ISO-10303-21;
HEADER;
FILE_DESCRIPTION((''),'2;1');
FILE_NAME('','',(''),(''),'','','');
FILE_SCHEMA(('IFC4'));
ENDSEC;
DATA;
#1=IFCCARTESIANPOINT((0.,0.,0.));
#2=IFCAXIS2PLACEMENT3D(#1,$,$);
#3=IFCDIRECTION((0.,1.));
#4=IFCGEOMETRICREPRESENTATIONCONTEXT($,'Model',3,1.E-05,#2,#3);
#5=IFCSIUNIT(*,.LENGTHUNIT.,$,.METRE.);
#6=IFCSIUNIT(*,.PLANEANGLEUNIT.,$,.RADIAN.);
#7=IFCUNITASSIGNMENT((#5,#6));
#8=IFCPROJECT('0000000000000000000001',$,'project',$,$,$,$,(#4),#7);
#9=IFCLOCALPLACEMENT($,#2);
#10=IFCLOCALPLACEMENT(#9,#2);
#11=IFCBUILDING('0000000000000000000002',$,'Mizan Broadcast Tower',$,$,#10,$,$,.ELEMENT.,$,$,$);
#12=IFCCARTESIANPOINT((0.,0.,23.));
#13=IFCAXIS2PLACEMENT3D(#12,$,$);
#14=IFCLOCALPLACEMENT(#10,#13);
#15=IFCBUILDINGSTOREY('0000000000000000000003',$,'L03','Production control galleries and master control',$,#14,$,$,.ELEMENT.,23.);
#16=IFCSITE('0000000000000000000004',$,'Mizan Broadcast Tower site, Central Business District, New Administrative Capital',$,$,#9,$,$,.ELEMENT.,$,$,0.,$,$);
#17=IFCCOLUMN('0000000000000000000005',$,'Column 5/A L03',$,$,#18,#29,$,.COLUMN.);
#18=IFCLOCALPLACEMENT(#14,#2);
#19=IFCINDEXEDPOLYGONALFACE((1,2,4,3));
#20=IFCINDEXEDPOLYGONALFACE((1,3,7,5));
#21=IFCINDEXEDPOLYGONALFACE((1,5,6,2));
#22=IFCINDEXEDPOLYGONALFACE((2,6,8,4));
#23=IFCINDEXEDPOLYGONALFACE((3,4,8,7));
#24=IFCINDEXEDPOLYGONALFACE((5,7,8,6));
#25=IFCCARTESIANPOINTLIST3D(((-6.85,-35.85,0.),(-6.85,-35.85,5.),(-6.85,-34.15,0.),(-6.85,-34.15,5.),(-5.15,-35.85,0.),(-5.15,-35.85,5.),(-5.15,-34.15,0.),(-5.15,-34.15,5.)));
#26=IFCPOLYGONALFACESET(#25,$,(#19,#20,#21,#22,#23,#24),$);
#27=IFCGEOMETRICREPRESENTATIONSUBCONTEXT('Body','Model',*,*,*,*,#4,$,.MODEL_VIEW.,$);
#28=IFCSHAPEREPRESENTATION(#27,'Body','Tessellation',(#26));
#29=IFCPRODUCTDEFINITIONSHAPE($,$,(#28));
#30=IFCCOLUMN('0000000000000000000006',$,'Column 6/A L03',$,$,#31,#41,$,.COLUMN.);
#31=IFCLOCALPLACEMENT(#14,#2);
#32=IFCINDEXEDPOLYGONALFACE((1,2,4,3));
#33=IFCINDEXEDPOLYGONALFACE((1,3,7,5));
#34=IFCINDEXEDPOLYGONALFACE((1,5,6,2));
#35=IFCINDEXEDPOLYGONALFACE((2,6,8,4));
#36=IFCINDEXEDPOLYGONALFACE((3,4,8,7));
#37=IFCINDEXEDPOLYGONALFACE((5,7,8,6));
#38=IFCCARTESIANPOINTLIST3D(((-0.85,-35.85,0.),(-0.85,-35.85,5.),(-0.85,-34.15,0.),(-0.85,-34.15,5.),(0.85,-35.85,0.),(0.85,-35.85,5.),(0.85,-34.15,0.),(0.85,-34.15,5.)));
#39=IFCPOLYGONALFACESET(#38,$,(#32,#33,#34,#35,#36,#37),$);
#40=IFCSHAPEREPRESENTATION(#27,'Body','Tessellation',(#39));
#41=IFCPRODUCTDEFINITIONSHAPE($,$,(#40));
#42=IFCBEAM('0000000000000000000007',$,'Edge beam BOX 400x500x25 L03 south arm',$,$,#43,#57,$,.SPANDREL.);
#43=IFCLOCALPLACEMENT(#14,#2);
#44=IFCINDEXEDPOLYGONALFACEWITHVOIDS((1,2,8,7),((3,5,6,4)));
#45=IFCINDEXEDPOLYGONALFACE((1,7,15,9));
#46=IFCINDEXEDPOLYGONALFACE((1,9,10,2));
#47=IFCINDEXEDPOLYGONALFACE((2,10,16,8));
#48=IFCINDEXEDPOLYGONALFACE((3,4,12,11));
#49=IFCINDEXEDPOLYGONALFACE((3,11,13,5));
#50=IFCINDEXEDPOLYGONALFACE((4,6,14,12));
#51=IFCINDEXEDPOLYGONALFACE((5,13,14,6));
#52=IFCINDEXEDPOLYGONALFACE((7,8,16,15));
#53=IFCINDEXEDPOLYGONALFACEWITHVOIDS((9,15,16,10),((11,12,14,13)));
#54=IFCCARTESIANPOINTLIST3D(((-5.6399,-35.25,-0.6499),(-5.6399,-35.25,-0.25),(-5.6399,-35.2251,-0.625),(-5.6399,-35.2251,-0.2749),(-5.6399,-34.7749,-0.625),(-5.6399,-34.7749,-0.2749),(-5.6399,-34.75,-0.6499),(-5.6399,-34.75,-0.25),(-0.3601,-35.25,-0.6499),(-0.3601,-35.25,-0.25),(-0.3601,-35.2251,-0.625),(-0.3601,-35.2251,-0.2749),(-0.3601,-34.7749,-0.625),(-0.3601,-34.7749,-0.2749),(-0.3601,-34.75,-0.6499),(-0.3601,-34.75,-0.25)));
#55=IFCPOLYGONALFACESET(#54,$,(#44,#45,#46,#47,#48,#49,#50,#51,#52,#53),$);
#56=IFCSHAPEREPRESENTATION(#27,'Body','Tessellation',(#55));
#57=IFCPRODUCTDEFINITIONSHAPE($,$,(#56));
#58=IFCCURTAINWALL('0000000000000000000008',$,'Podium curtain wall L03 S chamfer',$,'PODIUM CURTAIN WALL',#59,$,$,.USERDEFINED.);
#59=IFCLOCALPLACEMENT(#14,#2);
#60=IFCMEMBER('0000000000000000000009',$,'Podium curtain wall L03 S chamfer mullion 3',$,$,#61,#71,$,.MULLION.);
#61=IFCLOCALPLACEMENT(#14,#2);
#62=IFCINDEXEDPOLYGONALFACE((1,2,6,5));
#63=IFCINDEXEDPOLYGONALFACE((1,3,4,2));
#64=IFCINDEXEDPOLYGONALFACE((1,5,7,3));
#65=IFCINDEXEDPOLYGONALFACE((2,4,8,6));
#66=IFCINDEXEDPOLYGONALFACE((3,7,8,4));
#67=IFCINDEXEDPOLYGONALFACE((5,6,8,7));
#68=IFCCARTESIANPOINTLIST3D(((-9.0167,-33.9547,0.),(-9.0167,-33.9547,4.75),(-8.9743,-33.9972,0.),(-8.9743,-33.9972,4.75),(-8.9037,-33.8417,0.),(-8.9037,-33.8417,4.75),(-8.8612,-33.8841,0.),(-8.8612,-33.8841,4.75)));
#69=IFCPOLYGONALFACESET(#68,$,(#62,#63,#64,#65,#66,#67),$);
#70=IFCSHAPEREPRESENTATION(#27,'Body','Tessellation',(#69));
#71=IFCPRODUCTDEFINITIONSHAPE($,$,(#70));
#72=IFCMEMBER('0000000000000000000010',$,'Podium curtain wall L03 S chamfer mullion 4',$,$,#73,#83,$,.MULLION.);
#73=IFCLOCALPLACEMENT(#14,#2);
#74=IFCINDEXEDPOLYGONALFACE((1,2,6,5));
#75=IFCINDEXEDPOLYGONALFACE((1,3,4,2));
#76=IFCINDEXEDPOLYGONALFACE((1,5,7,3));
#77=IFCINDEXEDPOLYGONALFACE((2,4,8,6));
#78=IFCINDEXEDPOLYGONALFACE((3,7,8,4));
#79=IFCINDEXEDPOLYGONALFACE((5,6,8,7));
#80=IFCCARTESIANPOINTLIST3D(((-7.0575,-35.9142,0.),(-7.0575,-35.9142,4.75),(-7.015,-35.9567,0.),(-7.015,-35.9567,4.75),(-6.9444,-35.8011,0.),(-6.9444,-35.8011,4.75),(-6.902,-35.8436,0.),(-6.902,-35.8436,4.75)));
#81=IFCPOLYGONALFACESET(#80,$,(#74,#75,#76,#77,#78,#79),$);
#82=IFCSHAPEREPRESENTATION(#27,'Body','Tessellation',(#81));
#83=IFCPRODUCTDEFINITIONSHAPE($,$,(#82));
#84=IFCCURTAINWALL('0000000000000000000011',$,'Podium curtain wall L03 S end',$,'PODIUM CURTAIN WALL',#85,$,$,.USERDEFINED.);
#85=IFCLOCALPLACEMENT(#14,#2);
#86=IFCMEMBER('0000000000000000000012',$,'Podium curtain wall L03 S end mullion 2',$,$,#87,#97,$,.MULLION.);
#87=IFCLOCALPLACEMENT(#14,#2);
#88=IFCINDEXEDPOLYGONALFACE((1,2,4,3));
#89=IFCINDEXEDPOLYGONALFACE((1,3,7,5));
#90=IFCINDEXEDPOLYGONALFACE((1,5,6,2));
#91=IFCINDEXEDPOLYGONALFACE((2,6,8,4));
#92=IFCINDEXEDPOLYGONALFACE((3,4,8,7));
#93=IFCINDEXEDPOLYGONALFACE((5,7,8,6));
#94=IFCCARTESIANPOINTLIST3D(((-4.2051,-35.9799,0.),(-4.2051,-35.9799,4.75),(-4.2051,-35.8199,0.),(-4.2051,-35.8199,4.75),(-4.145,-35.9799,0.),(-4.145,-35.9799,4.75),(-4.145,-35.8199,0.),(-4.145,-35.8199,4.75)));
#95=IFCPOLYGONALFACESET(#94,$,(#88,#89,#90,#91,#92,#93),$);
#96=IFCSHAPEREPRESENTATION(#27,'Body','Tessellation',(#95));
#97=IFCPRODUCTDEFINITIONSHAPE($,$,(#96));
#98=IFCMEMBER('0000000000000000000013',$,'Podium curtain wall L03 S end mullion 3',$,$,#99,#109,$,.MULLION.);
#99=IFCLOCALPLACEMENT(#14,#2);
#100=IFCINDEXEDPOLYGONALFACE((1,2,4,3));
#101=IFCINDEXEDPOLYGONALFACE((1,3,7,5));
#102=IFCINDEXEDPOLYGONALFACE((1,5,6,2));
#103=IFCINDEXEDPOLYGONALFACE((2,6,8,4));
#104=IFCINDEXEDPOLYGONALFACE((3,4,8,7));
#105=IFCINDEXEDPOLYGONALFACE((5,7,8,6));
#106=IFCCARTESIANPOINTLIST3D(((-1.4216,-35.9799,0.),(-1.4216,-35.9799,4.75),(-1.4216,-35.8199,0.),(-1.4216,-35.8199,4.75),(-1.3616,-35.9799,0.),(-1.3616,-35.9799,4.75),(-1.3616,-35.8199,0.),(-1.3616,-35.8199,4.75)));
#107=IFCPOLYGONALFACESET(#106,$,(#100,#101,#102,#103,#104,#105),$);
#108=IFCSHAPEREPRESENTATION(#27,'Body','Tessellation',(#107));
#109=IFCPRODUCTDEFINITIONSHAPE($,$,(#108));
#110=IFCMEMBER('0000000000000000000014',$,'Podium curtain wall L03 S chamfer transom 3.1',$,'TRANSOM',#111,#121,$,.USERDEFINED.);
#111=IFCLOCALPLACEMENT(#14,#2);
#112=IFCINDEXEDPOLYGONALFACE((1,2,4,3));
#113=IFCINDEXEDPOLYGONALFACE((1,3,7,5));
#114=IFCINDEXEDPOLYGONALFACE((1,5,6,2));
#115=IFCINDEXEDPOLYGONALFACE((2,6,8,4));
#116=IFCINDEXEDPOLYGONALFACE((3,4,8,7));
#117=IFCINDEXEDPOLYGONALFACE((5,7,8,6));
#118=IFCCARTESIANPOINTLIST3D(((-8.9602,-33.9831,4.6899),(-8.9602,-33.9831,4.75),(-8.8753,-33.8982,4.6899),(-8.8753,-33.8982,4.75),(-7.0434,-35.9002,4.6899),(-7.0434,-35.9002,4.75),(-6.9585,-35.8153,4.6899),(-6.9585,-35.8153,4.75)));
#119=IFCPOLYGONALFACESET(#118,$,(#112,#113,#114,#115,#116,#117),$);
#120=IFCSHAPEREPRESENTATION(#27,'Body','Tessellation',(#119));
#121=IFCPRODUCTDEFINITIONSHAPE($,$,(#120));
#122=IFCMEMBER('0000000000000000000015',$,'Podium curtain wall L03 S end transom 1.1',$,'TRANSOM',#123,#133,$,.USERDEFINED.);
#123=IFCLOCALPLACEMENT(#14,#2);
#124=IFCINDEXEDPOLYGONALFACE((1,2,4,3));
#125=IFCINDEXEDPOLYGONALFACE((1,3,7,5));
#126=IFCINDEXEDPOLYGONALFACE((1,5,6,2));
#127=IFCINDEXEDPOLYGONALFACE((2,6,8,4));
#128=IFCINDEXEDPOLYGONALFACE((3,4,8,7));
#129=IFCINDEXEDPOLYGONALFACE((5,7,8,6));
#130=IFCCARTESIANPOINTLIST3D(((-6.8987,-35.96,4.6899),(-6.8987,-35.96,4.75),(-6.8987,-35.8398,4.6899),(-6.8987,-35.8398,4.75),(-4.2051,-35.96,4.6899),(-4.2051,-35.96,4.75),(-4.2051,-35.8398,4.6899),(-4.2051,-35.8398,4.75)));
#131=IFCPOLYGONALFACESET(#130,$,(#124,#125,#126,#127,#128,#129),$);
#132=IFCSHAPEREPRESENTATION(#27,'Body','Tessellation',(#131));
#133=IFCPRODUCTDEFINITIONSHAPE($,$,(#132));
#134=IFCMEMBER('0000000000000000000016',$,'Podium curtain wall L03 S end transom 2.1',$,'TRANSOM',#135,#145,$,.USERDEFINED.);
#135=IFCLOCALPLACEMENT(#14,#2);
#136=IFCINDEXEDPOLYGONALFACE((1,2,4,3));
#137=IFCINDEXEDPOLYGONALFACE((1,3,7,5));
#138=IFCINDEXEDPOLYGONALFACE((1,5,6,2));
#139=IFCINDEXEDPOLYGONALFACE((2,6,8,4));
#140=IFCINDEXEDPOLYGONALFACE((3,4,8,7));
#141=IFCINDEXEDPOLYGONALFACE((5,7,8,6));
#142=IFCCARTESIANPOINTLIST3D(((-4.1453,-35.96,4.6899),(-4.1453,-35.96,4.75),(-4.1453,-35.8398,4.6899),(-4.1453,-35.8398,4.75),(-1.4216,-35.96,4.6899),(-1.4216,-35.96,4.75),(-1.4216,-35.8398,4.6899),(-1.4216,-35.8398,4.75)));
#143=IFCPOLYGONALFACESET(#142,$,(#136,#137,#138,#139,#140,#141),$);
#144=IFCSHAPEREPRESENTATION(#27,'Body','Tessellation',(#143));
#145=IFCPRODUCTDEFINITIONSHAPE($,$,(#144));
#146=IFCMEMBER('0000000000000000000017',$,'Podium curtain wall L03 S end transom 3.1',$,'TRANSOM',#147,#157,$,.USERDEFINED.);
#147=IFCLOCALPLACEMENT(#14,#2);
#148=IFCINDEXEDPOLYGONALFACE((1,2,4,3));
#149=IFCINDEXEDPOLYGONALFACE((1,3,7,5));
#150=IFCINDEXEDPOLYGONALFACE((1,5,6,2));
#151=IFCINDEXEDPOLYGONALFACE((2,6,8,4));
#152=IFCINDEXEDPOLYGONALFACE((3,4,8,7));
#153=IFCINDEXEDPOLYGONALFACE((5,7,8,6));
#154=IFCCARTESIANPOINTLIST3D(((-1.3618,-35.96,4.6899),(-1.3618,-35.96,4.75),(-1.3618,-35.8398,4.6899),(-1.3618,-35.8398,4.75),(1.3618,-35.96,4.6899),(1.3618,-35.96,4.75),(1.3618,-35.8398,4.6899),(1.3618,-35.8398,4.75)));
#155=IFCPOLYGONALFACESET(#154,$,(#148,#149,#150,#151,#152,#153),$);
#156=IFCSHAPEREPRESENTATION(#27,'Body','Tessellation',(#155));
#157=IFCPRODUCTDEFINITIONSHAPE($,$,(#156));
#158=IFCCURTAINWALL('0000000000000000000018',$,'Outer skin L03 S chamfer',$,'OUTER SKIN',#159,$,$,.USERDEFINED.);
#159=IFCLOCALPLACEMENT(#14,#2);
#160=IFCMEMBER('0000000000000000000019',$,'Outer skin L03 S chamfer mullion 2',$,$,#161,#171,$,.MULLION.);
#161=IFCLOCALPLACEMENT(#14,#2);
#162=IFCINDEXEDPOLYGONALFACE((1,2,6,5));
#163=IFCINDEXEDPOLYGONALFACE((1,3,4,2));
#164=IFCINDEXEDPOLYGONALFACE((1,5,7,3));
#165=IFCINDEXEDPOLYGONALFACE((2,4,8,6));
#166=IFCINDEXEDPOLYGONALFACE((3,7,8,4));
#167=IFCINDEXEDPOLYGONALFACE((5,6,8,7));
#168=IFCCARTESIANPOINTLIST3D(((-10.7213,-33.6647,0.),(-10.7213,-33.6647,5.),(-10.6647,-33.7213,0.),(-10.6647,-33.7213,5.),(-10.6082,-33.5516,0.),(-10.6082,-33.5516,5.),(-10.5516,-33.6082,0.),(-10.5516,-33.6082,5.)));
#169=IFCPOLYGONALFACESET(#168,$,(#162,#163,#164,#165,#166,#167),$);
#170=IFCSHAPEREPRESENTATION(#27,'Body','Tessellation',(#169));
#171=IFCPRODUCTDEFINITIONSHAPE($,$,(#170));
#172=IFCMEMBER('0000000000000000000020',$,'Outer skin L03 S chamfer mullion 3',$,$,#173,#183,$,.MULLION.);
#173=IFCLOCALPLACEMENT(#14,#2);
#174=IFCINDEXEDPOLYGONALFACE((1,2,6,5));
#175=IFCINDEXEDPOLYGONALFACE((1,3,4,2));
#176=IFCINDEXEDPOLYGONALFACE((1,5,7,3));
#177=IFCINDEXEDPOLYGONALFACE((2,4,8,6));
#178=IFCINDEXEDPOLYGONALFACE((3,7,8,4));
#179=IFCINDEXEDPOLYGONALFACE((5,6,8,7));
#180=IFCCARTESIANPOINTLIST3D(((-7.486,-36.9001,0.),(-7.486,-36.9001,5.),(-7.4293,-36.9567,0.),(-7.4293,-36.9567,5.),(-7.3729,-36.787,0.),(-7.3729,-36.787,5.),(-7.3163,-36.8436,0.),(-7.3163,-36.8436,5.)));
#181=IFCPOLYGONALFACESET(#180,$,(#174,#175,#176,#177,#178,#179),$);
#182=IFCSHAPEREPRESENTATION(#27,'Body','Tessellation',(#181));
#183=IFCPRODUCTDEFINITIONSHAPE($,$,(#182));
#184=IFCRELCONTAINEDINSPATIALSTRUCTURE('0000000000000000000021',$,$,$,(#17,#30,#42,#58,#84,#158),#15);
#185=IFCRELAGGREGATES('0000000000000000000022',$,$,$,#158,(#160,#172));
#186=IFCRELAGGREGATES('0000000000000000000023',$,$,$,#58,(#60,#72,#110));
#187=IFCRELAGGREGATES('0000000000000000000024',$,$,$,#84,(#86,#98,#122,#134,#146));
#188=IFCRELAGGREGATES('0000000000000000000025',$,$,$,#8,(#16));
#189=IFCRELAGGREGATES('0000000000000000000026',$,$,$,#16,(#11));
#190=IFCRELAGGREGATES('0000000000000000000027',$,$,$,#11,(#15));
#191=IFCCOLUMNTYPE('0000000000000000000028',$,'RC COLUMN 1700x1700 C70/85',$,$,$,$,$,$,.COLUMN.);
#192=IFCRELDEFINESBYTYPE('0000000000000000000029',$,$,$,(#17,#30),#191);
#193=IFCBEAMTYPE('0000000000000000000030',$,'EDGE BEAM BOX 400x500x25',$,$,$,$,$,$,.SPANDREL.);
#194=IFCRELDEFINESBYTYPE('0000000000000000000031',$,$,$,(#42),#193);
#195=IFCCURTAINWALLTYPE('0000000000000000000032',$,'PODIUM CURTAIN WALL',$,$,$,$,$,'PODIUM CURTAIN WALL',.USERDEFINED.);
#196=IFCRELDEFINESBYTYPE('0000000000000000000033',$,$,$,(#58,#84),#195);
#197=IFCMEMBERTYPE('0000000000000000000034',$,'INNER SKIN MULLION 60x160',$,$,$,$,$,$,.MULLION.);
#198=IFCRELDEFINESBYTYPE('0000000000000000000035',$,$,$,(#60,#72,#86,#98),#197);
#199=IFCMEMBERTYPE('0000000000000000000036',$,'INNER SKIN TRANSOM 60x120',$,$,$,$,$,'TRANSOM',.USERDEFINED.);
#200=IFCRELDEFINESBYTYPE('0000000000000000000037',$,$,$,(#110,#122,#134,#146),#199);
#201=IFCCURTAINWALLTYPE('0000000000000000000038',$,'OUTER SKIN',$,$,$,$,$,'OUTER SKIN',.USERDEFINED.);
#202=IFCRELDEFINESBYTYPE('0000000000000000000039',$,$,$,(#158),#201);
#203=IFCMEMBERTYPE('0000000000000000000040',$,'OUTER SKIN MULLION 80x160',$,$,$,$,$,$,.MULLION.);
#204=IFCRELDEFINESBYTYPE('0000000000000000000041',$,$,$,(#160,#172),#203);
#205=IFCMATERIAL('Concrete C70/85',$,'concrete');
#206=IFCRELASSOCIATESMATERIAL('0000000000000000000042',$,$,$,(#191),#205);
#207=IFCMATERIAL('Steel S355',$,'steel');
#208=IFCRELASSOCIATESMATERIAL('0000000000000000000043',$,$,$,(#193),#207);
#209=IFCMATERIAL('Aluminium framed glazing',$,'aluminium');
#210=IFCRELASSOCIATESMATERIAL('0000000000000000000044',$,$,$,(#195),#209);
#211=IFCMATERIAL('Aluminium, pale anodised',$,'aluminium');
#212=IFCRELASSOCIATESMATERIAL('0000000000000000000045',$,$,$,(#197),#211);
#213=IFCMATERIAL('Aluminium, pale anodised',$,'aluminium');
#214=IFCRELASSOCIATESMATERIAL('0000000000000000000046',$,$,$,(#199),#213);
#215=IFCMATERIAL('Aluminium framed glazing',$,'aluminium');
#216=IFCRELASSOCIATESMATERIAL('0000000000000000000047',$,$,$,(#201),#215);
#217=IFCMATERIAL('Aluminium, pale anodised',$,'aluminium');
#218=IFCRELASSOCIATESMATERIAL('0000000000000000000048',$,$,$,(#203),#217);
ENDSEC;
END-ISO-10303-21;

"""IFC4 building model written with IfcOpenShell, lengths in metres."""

from ifc_helpers import new_model, si_unit, direction, frame, origin, origin_2d, place, context, subcontext, project, spatial, rectangle, hollow_rectangle, extrude, material, material_profile, profile_set, type_object, element, aggregate, save


model = new_model("IFC4")

# Units and contexts
model_context = context("Model", 3, precision=1e-05, world=origin(), true_north=direction((0.0, 1.0)))
body_context = subcontext(model_context, "Body", "Model", "MODEL_VIEW")
ifc_project = project(units=[si_unit("LENGTHUNIT", "METRE"), si_unit("PLANEANGLEUNIT", "RADIAN")], contexts=[model_context])

# Site, building, storey
site_placement = place(None, origin())
site = spatial("IfcSite", under=ifc_project, at=site_placement, Name="Mizan Broadcast Tower site, Central Business District, New Administrative Capital", CompositionType="ELEMENT", RefElevation=0.0)
building_placement = place(site_placement, origin())
building = spatial("IfcBuilding", under=site, at=building_placement, Name="Mizan Broadcast Tower", CompositionType="ELEMENT")
storey_placement = place(building_placement, frame((0.0, 0.0, 23.0)))
storey = spatial("IfcBuildingStorey", under=building, at=storey_placement, Name="L03", Description="Production control galleries and master control", CompositionType="ELEMENT", Elevation=23.0)

# Columns
ifc_material_1 = material(Name="Concrete C70/85", Category="concrete")
ifc_material_profile_1 = material_profile(ifc_material_1, rectangle(XDim=1.7, YDim=1.7, at=origin_2d()), Name="RC 1700x1700")
ifc_profile_set_1 = profile_set([ifc_material_profile_1], Name="Concrete C70/85")
column_type = type_object("IfcColumnType", Name="RC COLUMN 1700x1700 C70/85", PredefinedType="COLUMN", material=ifc_profile_set_1)
for number, where, z_axis, x_axis, name in (
    (1, (-6.0, -35.0, 0.0), (0.0, 0.0, 1.0), (1.0, 0.0, 0.0), "Column 5/A L03"),
    (2, (0.0, -35.0, 0.0), (0.0, 0.0, 1.0), (1.0, 0.0, 0.0), "Column 6/A L03"),
):
    element("IfcColumn", number, at=place(storey_placement, frame(where, z_axis=z_axis, x_axis=x_axis)), inside=storey, type_object=column_type, Name=name, PredefinedType="COLUMN", context=body_context, shape_type="SweptSolid", body=[
        extrude(rectangle(XDim=1.7, YDim=1.7, at=origin_2d()), origin(), (0.0, 0.0, 1.0), 5.0),
    ])

# Beam
ifc_material_2 = material(Name="Steel S355", Category="steel")
ifc_material_profile_2 = material_profile(ifc_material_2, hollow_rectangle(XDim=0.5, YDim=0.3999, WallThickness=0.0249, at=origin_2d()), Name="BOX 400x500x25")
ifc_profile_set_2 = profile_set([ifc_material_profile_2], Name="Steel S355")
beam_type = type_object("IfcBeamType", Name="EDGE BEAM BOX 400x500x25", PredefinedType="SPANDREL", material=ifc_profile_set_2)
beam_placement = place(storey_placement, frame((-5.6399, -35.0, -0.45), z_axis=(1.0, 0.0, 0.0), x_axis=(0.0, 1.0, 0.0)))
element("IfcBeam", 3, at=beam_placement, inside=storey, type_object=beam_type, Name="Edge beam BOX 400x500x25 L03 south arm", PredefinedType="SPANDREL", context=body_context, shape_type="SweptSolid", body=[
    extrude(hollow_rectangle(XDim=0.5, YDim=0.3999, WallThickness=0.0249, at=origin_2d()), origin(), (0.0, 0.0, 1.0), 5.2798),
])

# Curtain walls, members
ifc_material_3 = material(Name="Aluminium framed glazing", Category="aluminium")
curtain_wall_type_1 = type_object("IfcCurtainWallType", Name="PODIUM CURTAIN WALL", ElementType="PODIUM CURTAIN WALL", PredefinedType="USERDEFINED", material=ifc_material_3)
curtain_wall_1_placement = place(storey_placement, origin())
curtain_wall_1 = element("IfcCurtainWall", 4, at=curtain_wall_1_placement, inside=storey, type_object=curtain_wall_type_1, Name="Podium curtain wall L03 S chamfer", ObjectType="PODIUM CURTAIN WALL", PredefinedType="USERDEFINED")
ifc_material_4 = material(Name="Aluminium, pale anodised", Category="aluminium")
ifc_material_profile_3 = material_profile(ifc_material_4, rectangle(XDim=0.1599, YDim=0.0601, at=origin_2d()), Name="MULLION 160x60")
ifc_profile_set_3 = profile_set([ifc_material_profile_3], Name="Aluminium, pale anodised")
member_type_1 = type_object("IfcMemberType", Name="INNER SKIN MULLION 60x160", PredefinedType="MULLION", material=ifc_profile_set_3)
member_1_placement = place(storey_placement, frame((-8.939, -33.9194, 0.0), z_axis=(0.0, 0.0, 1.0), x_axis=(0.707107, 0.707107, 0.0)))
member_1 = element("IfcMember", 5, at=member_1_placement, type_object=member_type_1, Name="Podium curtain wall L03 S chamfer mullion 3", PredefinedType="MULLION", context=body_context, shape_type="SweptSolid", body=[
    extrude(rectangle(XDim=0.1599, YDim=0.0601, at=origin_2d()), origin(), (0.0, 0.0, 1.0), 4.75),
])
member_2_placement = place(storey_placement, frame((-6.9797, -35.8789, 0.0), z_axis=(0.0, 0.0, 1.0), x_axis=(0.707107, 0.707107, 0.0)))
member_2 = element("IfcMember", 6, at=member_2_placement, type_object=member_type_1, Name="Podium curtain wall L03 S chamfer mullion 4", PredefinedType="MULLION", context=body_context, shape_type="SweptSolid", body=[
    extrude(rectangle(XDim=0.1599, YDim=0.0601, at=origin_2d()), origin(), (0.0, 0.0, 1.0), 4.75),
])
curtain_wall_2_placement = place(storey_placement, origin())
curtain_wall_2 = element("IfcCurtainWall", 7, at=curtain_wall_2_placement, inside=storey, type_object=curtain_wall_type_1, Name="Podium curtain wall L03 S end", ObjectType="PODIUM CURTAIN WALL", PredefinedType="USERDEFINED")
member_3_placement = place(storey_placement, frame((-4.175, -35.8999, 0.0), z_axis=(0.0, 0.0, 1.0), x_axis=(0.0, 1.0, 0.0)))
member_3 = element("IfcMember", 8, at=member_3_placement, type_object=member_type_1, Name="Podium curtain wall L03 S end mullion 2", PredefinedType="MULLION", context=body_context, shape_type="SweptSolid", body=[
    extrude(rectangle(XDim=0.1599, YDim=0.0601, at=origin_2d()), origin(), (0.0, 0.0, 1.0), 4.75),
])
member_4_placement = place(storey_placement, frame((-1.3916, -35.8999, 0.0), z_axis=(0.0, 0.0, 1.0), x_axis=(0.0, 1.0, 0.0)))
member_4 = element("IfcMember", 9, at=member_4_placement, type_object=member_type_1, Name="Podium curtain wall L03 S end mullion 3", PredefinedType="MULLION", context=body_context, shape_type="SweptSolid", body=[
    extrude(rectangle(XDim=0.1599, YDim=0.0601, at=origin_2d()), origin(), (0.0, 0.0, 1.0), 4.75),
])

# Members
ifc_material_5 = material(Name="Aluminium, pale anodised", Category="aluminium")
ifc_material_profile_4 = material_profile(ifc_material_5, rectangle(XDim=0.1201, YDim=0.0601, at=origin_2d()), Name="TRANSOM 120x60")
ifc_profile_set_4 = profile_set([ifc_material_profile_4], Name="Aluminium, pale anodised")
member_type_2 = type_object("IfcMemberType", Name="INNER SKIN TRANSOM 60x120", ElementType="TRANSOM", PredefinedType="USERDEFINED", material=ifc_profile_set_4)
member_5_placement = place(storey_placement, frame((-8.9177, -33.9407, 4.72), z_axis=(0.707062, -0.707152, 0.0), x_axis=(0.707152, 0.707062, 0.0)))
member_5 = element("IfcMember", 10, at=member_5_placement, type_object=member_type_2, Name="Podium curtain wall L03 S chamfer transom 3.1", ObjectType="TRANSOM", PredefinedType="USERDEFINED", context=body_context, shape_type="SweptSolid", body=[
    extrude(rectangle(XDim=0.1201, YDim=0.0601, at=origin_2d()), origin(), (0.0, 0.0, 1.0), 2.7109),
])
member_6_placement = place(storey_placement, frame((-6.8987, -35.8999, 4.72), z_axis=(1.0, 0.0, 0.0), x_axis=(0.0, 1.0, 0.0)))
member_6 = element("IfcMember", 11, at=member_6_placement, type_object=member_type_2, Name="Podium curtain wall L03 S end transom 1.1", ObjectType="TRANSOM", PredefinedType="USERDEFINED", context=body_context, shape_type="SweptSolid", body=[
    extrude(rectangle(XDim=0.1201, YDim=0.0601, at=origin_2d()), origin(), (0.0, 0.0, 1.0), 2.6936),
])
member_7_placement = place(storey_placement, frame((-4.1453, -35.8999, 4.72), z_axis=(1.0, 0.0, 0.0), x_axis=(0.0, 1.0, 0.0)))
member_7 = element("IfcMember", 12, at=member_7_placement, type_object=member_type_2, Name="Podium curtain wall L03 S end transom 2.1", ObjectType="TRANSOM", PredefinedType="USERDEFINED", context=body_context, shape_type="SweptSolid", body=[
    extrude(rectangle(XDim=0.1201, YDim=0.0601, at=origin_2d()), origin(), (0.0, 0.0, 1.0), 2.7236),
])
member_8_placement = place(storey_placement, frame((-1.3618, -35.8999, 4.72), z_axis=(1.0, 0.0, 0.0), x_axis=(0.0, 1.0, 0.0)))
member_8 = element("IfcMember", 13, at=member_8_placement, type_object=member_type_2, Name="Podium curtain wall L03 S end transom 3.1", ObjectType="TRANSOM", PredefinedType="USERDEFINED", context=body_context, shape_type="SweptSolid", body=[
    extrude(rectangle(XDim=0.1201, YDim=0.0601, at=origin_2d()), origin(), (0.0, 0.0, 1.0), 2.7236),
])

# Curtain wall, members
ifc_material_6 = material(Name="Aluminium framed glazing", Category="aluminium")
curtain_wall_type_2 = type_object("IfcCurtainWallType", Name="OUTER SKIN", ElementType="OUTER SKIN", PredefinedType="USERDEFINED", material=ifc_material_6)
curtain_wall_3_placement = place(storey_placement, origin())
curtain_wall_3 = element("IfcCurtainWall", 14, at=curtain_wall_3_placement, inside=storey, type_object=curtain_wall_type_2, Name="Outer skin L03 S chamfer", ObjectType="OUTER SKIN", PredefinedType="USERDEFINED")
ifc_material_7 = material(Name="Aluminium, pale anodised", Category="aluminium")
ifc_material_profile_5 = material_profile(ifc_material_7, rectangle(XDim=0.1599, YDim=0.0801, at=origin_2d()), Name="MULLION 160x80")
ifc_profile_set_5 = profile_set([ifc_material_profile_5], Name="Aluminium, pale anodised")
member_type_3 = type_object("IfcMemberType", Name="OUTER SKIN MULLION 80x160", PredefinedType="MULLION", material=ifc_profile_set_5)
member_9_placement = place(storey_placement, frame((-10.6365, -33.6365, 0.0), z_axis=(0.0, 0.0, 1.0), x_axis=(0.707107, 0.707107, 0.0)))
member_9 = element("IfcMember", 15, at=member_9_placement, type_object=member_type_3, Name="Outer skin L03 S chamfer mullion 2", PredefinedType="MULLION", context=body_context, shape_type="SweptSolid", body=[
    extrude(rectangle(XDim=0.1599, YDim=0.0801, at=origin_2d()), origin(), (0.0, 0.0, 1.0), 5.0),
])
member_10_placement = place(storey_placement, frame((-7.4011, -36.8718, 0.0), z_axis=(0.0, 0.0, 1.0), x_axis=(0.707107, 0.707107, 0.0)))
member_10 = element("IfcMember", 16, at=member_10_placement, type_object=member_type_3, Name="Outer skin L03 S chamfer mullion 3", PredefinedType="MULLION", context=body_context, shape_type="SweptSolid", body=[
    extrude(rectangle(XDim=0.1599, YDim=0.0801, at=origin_2d()), origin(), (0.0, 0.0, 1.0), 5.0),
])

aggregate(curtain_wall_3, [member_9, member_10])
aggregate(curtain_wall_1, [member_1, member_2, member_5])
aggregate(curtain_wall_2, [member_3, member_4, member_6, member_7, member_8])

save(model, "model.ifc")
